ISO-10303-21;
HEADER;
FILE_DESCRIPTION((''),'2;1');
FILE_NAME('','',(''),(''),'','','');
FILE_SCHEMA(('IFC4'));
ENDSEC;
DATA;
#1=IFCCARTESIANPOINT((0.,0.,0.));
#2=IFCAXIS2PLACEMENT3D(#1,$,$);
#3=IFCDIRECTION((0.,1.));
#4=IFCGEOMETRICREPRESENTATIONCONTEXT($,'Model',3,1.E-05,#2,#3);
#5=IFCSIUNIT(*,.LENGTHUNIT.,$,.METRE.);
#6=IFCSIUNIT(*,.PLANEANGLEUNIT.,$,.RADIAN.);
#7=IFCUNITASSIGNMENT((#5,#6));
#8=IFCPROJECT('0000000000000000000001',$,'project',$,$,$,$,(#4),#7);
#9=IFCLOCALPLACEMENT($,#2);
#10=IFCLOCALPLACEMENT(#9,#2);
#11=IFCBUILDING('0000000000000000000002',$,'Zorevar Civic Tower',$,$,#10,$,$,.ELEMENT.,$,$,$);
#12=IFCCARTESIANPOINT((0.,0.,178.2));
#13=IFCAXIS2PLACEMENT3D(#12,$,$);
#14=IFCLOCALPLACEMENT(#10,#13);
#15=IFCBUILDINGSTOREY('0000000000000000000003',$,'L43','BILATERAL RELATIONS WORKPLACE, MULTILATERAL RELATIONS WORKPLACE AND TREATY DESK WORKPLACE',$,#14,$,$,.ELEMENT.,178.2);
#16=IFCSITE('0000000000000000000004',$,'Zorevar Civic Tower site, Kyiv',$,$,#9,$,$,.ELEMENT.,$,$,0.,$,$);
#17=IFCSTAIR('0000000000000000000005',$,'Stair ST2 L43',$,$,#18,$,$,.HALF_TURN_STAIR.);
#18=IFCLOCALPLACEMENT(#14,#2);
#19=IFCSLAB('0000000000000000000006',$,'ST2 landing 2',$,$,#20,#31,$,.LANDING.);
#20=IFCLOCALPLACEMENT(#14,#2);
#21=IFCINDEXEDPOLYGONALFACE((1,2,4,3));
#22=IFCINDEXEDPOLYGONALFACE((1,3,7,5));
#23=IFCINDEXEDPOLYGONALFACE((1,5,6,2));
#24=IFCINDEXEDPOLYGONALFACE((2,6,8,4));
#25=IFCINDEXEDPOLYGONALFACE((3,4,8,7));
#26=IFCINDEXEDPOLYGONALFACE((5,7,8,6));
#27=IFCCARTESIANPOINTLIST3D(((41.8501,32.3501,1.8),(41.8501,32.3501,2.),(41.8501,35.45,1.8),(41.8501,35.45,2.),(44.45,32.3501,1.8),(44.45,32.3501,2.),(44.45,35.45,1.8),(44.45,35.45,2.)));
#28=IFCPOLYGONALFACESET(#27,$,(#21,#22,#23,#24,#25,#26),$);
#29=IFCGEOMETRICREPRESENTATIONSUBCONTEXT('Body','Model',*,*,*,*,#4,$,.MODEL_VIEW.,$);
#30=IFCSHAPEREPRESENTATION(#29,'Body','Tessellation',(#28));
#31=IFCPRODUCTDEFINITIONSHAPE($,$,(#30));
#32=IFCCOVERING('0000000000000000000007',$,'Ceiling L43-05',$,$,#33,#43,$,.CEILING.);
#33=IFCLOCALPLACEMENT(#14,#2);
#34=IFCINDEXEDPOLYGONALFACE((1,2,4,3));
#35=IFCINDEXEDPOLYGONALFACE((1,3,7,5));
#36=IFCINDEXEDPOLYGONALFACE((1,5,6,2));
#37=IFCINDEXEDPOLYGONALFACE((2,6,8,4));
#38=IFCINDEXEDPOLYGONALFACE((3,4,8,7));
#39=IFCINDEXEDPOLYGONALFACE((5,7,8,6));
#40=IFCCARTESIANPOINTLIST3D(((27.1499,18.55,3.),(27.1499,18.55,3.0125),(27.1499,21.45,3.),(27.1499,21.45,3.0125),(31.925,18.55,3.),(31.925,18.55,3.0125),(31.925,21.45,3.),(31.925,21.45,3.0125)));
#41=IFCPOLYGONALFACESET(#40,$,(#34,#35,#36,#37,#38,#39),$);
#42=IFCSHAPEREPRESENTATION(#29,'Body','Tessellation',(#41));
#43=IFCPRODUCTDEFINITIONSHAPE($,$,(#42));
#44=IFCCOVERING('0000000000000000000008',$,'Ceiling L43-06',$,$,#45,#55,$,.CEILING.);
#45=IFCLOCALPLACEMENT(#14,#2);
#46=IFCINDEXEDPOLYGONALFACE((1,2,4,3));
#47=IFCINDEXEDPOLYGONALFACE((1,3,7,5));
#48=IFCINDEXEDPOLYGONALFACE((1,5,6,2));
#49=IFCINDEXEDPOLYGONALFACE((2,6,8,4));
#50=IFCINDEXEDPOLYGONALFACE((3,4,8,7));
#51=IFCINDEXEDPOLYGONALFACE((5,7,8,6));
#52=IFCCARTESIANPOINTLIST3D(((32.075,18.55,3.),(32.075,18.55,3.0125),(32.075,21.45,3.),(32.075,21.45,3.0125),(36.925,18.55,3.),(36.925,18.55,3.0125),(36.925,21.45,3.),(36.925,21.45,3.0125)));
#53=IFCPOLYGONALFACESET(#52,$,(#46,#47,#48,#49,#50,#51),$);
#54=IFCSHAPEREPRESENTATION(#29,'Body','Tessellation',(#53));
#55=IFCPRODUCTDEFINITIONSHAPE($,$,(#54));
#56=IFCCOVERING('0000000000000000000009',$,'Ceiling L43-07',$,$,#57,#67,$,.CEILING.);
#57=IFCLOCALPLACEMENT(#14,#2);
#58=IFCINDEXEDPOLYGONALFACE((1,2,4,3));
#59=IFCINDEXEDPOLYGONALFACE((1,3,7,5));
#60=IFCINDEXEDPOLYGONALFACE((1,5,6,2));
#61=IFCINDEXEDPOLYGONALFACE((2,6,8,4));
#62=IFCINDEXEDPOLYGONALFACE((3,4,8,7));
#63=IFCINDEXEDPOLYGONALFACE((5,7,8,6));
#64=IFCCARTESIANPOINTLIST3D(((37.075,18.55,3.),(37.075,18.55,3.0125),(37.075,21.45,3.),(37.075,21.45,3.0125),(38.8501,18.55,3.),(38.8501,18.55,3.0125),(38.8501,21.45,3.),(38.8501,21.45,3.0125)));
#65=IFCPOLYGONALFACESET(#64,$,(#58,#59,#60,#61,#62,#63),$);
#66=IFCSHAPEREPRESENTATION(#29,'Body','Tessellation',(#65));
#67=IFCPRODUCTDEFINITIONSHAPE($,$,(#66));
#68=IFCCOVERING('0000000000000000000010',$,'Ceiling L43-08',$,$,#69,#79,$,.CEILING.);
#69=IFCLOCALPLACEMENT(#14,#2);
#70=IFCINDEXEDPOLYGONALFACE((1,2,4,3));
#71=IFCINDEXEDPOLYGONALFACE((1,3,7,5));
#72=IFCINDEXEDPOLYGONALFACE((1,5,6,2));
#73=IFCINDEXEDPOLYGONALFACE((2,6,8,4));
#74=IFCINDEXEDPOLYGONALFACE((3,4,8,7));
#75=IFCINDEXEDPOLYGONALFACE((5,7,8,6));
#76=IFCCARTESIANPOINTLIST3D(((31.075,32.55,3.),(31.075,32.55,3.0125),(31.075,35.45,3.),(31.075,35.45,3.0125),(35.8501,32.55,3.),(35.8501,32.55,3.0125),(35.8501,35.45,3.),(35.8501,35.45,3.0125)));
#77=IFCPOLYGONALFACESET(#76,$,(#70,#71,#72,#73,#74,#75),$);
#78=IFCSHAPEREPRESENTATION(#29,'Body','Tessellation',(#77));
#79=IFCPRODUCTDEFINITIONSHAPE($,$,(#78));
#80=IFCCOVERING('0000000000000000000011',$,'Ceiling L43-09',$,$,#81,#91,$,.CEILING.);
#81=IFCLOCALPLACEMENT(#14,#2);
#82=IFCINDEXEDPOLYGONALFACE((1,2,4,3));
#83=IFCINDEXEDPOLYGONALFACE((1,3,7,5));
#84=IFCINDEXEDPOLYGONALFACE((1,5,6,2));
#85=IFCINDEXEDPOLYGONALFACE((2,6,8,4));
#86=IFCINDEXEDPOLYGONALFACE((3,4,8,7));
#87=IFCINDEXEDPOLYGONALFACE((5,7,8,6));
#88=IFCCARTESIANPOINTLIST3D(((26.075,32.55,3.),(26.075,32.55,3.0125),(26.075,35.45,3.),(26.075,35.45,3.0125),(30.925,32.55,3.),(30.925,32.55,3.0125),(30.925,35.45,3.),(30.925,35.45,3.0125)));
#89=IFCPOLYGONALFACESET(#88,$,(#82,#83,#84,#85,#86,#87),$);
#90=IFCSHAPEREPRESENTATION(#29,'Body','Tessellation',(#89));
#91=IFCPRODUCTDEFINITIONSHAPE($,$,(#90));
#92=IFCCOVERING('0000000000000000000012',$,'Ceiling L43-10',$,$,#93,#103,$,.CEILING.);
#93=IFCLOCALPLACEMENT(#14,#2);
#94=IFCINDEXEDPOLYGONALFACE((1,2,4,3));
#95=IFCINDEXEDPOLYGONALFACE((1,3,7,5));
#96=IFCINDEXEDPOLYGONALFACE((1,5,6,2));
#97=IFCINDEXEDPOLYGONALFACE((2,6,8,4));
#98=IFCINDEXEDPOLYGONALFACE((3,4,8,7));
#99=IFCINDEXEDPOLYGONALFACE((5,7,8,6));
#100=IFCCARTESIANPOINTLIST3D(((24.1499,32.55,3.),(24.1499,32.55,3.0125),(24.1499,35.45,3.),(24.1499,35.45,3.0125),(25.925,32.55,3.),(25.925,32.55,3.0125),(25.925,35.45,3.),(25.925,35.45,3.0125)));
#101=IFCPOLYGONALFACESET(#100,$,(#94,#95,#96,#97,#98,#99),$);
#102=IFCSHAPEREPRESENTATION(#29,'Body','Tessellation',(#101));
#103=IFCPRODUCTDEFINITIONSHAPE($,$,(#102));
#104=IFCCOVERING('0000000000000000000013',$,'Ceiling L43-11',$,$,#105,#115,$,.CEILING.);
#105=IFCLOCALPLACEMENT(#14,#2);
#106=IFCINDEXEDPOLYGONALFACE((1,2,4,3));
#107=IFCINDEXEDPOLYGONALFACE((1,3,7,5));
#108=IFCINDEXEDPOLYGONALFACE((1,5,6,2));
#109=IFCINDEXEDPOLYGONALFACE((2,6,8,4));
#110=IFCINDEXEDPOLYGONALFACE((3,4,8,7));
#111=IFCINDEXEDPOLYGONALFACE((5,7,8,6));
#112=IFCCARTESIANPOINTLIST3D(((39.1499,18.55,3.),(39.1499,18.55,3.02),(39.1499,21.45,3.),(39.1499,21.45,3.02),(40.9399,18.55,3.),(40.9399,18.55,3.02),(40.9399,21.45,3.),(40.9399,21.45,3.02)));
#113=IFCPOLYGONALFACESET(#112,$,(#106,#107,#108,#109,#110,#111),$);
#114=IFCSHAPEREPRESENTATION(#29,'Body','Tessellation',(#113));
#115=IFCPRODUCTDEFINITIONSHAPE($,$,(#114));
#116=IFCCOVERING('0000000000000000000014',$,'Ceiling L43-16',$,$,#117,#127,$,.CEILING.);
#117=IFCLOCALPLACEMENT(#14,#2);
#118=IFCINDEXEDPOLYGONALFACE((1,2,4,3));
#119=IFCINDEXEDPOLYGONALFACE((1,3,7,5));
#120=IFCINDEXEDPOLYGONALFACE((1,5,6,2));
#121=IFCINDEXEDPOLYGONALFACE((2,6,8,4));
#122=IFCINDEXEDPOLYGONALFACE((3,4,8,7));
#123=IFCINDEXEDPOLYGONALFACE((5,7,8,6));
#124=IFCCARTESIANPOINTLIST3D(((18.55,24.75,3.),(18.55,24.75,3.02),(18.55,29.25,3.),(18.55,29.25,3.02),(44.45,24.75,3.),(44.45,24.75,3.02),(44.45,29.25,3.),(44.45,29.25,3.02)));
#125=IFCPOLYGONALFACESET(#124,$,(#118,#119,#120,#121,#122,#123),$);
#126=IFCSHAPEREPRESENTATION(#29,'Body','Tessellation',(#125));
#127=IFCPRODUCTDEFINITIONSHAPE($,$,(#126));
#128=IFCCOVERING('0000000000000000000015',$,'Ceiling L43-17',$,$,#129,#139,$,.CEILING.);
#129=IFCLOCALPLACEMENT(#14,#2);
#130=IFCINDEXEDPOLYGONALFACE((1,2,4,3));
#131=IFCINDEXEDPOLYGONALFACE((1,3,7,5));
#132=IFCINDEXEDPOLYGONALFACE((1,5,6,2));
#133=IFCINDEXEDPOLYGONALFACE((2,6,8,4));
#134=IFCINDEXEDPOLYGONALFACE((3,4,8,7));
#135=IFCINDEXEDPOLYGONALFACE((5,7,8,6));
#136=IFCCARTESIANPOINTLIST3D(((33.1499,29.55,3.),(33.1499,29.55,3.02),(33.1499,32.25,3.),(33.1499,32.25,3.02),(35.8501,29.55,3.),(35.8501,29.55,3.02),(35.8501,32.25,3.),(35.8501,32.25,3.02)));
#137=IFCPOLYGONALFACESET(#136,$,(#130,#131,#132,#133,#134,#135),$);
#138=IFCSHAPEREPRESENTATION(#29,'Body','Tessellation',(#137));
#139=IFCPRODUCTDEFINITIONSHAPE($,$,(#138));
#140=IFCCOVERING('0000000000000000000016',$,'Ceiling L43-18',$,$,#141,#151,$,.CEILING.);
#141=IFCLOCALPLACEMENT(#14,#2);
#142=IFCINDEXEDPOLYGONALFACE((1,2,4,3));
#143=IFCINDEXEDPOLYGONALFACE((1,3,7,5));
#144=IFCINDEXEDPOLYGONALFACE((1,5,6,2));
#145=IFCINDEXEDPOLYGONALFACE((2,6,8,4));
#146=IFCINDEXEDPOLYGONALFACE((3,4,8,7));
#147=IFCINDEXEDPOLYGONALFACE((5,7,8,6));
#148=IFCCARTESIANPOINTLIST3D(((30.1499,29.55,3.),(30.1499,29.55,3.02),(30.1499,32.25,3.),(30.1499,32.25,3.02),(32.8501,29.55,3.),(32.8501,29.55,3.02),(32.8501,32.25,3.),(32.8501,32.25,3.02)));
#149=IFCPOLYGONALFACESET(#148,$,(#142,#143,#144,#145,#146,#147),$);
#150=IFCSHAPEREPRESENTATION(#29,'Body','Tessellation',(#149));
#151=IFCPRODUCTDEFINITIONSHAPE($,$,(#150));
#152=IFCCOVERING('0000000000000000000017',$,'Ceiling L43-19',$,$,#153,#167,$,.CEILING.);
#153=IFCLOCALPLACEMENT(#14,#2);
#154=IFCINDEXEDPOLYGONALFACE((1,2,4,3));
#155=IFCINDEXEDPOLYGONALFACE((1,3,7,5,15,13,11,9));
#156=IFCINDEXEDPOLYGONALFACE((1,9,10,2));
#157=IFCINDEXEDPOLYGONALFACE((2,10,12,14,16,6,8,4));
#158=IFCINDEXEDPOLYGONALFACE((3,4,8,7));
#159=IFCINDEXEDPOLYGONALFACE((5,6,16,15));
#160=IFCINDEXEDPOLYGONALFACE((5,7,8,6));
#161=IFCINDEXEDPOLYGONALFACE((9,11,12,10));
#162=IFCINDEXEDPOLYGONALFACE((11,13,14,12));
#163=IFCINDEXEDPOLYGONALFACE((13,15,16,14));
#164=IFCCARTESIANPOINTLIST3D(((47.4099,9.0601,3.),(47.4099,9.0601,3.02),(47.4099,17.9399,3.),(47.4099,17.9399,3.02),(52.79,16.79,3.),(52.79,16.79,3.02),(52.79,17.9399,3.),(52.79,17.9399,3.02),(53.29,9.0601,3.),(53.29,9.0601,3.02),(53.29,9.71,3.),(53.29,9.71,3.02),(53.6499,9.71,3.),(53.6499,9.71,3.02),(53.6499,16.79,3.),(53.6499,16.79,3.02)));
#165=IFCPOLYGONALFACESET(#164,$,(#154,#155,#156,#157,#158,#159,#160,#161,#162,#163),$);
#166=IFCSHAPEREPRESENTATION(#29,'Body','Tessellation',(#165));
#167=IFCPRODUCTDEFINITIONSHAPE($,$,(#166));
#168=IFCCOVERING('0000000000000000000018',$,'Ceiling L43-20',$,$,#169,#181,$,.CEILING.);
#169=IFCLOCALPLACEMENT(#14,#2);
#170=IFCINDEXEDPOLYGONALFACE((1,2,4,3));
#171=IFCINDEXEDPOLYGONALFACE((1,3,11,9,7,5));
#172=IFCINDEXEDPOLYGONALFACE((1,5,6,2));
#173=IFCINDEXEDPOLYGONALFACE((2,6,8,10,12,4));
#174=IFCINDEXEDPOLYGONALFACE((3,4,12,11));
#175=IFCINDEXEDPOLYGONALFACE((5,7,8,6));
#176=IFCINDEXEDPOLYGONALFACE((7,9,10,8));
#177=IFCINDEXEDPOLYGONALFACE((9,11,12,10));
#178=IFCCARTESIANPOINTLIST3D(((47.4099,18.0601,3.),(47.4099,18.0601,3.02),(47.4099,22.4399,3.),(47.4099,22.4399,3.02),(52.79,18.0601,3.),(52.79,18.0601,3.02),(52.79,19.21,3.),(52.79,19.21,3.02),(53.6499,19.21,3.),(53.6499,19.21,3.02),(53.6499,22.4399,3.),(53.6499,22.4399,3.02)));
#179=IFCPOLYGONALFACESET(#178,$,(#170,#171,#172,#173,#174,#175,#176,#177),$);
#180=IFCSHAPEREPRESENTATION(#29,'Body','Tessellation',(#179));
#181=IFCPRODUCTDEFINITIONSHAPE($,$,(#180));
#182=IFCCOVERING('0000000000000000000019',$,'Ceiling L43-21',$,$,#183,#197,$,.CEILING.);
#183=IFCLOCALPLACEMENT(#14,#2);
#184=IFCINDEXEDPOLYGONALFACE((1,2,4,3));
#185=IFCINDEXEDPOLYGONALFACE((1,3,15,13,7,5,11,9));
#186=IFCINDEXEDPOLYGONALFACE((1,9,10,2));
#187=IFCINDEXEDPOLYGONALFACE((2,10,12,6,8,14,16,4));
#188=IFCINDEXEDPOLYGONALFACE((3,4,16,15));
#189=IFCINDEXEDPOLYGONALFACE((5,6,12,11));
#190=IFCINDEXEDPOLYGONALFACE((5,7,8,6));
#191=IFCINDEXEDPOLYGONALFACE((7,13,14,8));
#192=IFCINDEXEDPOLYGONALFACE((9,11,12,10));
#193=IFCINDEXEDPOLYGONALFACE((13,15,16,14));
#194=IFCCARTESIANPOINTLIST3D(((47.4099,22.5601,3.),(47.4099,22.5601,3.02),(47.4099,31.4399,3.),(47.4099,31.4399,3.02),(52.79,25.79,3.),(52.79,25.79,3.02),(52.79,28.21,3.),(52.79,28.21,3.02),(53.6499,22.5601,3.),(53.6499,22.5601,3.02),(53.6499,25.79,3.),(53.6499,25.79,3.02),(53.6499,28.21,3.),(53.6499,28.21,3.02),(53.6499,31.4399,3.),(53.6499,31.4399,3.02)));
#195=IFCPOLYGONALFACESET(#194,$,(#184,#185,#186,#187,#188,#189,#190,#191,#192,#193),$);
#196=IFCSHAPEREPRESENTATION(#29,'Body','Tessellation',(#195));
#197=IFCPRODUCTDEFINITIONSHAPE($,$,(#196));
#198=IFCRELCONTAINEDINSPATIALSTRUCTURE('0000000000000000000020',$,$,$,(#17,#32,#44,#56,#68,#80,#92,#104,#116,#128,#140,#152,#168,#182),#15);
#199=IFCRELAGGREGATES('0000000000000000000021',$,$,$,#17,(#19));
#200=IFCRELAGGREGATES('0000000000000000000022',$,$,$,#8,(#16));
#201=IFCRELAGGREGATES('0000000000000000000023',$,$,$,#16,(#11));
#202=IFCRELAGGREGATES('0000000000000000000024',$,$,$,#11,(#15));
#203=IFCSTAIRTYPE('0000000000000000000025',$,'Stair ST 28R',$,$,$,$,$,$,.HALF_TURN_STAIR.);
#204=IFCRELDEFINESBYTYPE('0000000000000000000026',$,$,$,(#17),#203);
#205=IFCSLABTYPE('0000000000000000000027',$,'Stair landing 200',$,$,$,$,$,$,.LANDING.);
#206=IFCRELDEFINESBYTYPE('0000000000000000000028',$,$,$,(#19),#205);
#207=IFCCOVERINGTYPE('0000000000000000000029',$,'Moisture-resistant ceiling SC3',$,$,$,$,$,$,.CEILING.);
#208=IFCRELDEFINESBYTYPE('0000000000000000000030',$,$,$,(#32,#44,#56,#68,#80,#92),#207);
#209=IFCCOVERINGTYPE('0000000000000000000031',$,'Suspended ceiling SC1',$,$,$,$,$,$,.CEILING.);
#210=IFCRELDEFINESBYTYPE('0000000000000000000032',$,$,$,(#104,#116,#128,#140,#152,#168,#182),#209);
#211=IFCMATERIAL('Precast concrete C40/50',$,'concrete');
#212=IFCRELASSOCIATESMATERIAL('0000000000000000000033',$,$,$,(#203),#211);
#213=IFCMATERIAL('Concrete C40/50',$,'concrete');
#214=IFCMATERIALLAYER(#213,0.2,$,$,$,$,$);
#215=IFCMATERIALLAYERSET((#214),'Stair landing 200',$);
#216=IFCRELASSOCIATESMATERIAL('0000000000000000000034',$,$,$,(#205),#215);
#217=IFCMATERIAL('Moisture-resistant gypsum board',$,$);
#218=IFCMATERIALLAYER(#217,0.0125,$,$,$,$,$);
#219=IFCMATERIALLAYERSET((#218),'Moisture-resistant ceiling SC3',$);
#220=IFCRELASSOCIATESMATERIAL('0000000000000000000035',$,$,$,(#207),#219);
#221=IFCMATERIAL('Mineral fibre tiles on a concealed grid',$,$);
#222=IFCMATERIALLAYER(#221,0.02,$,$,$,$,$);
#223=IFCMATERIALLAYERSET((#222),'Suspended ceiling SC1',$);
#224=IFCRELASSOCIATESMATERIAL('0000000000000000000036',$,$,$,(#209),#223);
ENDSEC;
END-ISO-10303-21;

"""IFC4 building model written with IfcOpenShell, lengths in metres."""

from ifc_helpers import new_model, si_unit, direction, frame, origin, place, context, subcontext, project, spatial, polyline, outline, extrude, material, layer, layer_set, type_object, element, aggregate, save


model = new_model("IFC4")

# Units and contexts
model_context = context("Model", 3, precision=1e-05, world=origin(), true_north=direction((0.0, 1.0)))
body_context = subcontext(model_context, "Body", "Model", "MODEL_VIEW")
ifc_project = project(units=[si_unit("LENGTHUNIT", "METRE"), si_unit("PLANEANGLEUNIT", "RADIAN")], contexts=[model_context])

# Site, building, storey
site_placement = place(None, origin())
site = spatial("IfcSite", under=ifc_project, at=site_placement, Name="Zorevar Civic Tower site, Kyiv", CompositionType="ELEMENT", RefElevation=0.0)
building_placement = place(site_placement, origin())
building = spatial("IfcBuilding", under=site, at=building_placement, Name="Zorevar Civic Tower", CompositionType="ELEMENT")
storey_placement = place(building_placement, frame((0.0, 0.0, 178.2)))
storey = spatial("IfcBuildingStorey", under=building, at=storey_placement, Name="L43", Description="BILATERAL RELATIONS WORKPLACE, MULTILATERAL RELATIONS WORKPLACE AND TREATY DESK WORKPLACE", CompositionType="ELEMENT", Elevation=178.2)

# Stair, slab
ifc_material_1 = material(Name="Precast concrete C40/50", Category="concrete")
stair_type = type_object("IfcStairType", Name="Stair ST 28R", PredefinedType="HALF_TURN_STAIR", material=ifc_material_1)
ifc_material_2 = material(Name="Concrete C40/50", Category="concrete")
ifc_layer_1 = layer(ifc_material_2, 0.2)
ifc_layer_set_1 = layer_set([ifc_layer_1], Name="Stair landing 200")
slab_type_1 = type_object("IfcSlabType", Name="Stair landing 200", PredefinedType="LANDING", material=ifc_layer_set_1)
stair_1_placement = place(storey_placement, origin())
stair_1 = element("IfcStair", 1, at=stair_1_placement, inside=storey, type_object=stair_type, Name="Stair ST2 L43", PredefinedType="HALF_TURN_STAIR")
slab_1_placement = place(storey_placement, frame((0.0, 0.0, 1.8)))
slab_1 = element("IfcSlab", 2, at=slab_1_placement, type_object=slab_type_1, Name="ST2 landing 2", PredefinedType="LANDING", context=body_context, shape_type="SweptSolid", body=[
    extrude(outline(polyline([(44.45, 32.3501), (41.8501, 32.3501), (41.8501, 35.45), (44.45, 35.45), (44.45, 32.3501)])), origin(), (0.0, 0.0, 1.0), 0.2),
])
aggregate(stair_1, [slab_1])

# Coverings
ifc_material_3 = material(Name="Moisture-resistant gypsum board")
ifc_layer_2 = layer(ifc_material_3, 0.0125)
ifc_layer_set_2 = layer_set([ifc_layer_2], Name="Moisture-resistant ceiling SC3")
covering_type_1 = type_object("IfcCoveringType", Name="Moisture-resistant ceiling SC3", PredefinedType="CEILING", material=ifc_layer_set_2)
covering_1_placement = place(storey_placement, frame((0.0, 0.0, 3.0)))
element("IfcCovering", 3, at=covering_1_placement, inside=storey, type_object=covering_type_1, Name="Ceiling L43-05", PredefinedType="CEILING", context=body_context, shape_type="SweptSolid", body=[
    extrude(outline(polyline([(31.925, 18.55), (31.925, 21.45), (27.1499, 21.45), (27.1499, 18.55), (31.925, 18.55)])), origin(), (0.0, 0.0, 1.0), 0.0125),
])
covering_2_placement = place(storey_placement, frame((0.0, 0.0, 3.0)))
element("IfcCovering", 4, at=covering_2_placement, inside=storey, type_object=covering_type_1, Name="Ceiling L43-06", PredefinedType="CEILING", context=body_context, shape_type="SweptSolid", body=[
    extrude(outline(polyline([(36.925, 18.55), (36.925, 21.45), (32.075, 21.45), (32.075, 18.55), (36.925, 18.55)])), origin(), (0.0, 0.0, 1.0), 0.0125),
])
covering_3_placement = place(storey_placement, frame((0.0, 0.0, 3.0)))
element("IfcCovering", 5, at=covering_3_placement, inside=storey, type_object=covering_type_1, Name="Ceiling L43-07", PredefinedType="CEILING", context=body_context, shape_type="SweptSolid", body=[
    extrude(outline(polyline([(38.8501, 18.55), (38.8501, 21.45), (37.075, 21.45), (37.075, 18.55), (38.8501, 18.55)])), origin(), (0.0, 0.0, 1.0), 0.0125),
])
covering_4_placement = place(storey_placement, frame((0.0, 0.0, 3.0)))
element("IfcCovering", 6, at=covering_4_placement, inside=storey, type_object=covering_type_1, Name="Ceiling L43-08", PredefinedType="CEILING", context=body_context, shape_type="SweptSolid", body=[
    extrude(outline(polyline([(35.8501, 32.55), (35.8501, 35.45), (31.075, 35.45), (31.075, 32.55), (35.8501, 32.55)])), origin(), (0.0, 0.0, 1.0), 0.0125),
])
covering_5_placement = place(storey_placement, frame((0.0, 0.0, 3.0)))
element("IfcCovering", 7, at=covering_5_placement, inside=storey, type_object=covering_type_1, Name="Ceiling L43-09", PredefinedType="CEILING", context=body_context, shape_type="SweptSolid", body=[
    extrude(outline(polyline([(30.925, 32.55), (30.925, 35.45), (26.075, 35.45), (26.075, 32.55), (30.925, 32.55)])), origin(), (0.0, 0.0, 1.0), 0.0125),
])
covering_6_placement = place(storey_placement, frame((0.0, 0.0, 3.0)))
element("IfcCovering", 8, at=covering_6_placement, inside=storey, type_object=covering_type_1, Name="Ceiling L43-10", PredefinedType="CEILING", context=body_context, shape_type="SweptSolid", body=[
    extrude(outline(polyline([(25.925, 32.55), (25.925, 35.45), (24.1499, 35.45), (24.1499, 32.55), (25.925, 32.55)])), origin(), (0.0, 0.0, 1.0), 0.0125),
])
ifc_material_4 = material(Name="Mineral fibre tiles on a concealed grid")
ifc_layer_3 = layer(ifc_material_4, 0.02)
ifc_layer_set_3 = layer_set([ifc_layer_3], Name="Suspended ceiling SC1")
covering_type_2 = type_object("IfcCoveringType", Name="Suspended ceiling SC1", PredefinedType="CEILING", material=ifc_layer_set_3)
covering_7_placement = place(storey_placement, frame((0.0, 0.0, 3.0)))
element("IfcCovering", 9, at=covering_7_placement, inside=storey, type_object=covering_type_2, Name="Ceiling L43-11", PredefinedType="CEILING", context=body_context, shape_type="SweptSolid", body=[
    extrude(outline(polyline([(40.9399, 18.55), (40.9399, 21.45), (39.1499, 21.45), (39.1499, 18.55), (40.9399, 18.55)])), origin(), (0.0, 0.0, 1.0), 0.02),
])
covering_8_placement = place(storey_placement, frame((0.0, 0.0, 3.0)))
element("IfcCovering", 10, at=covering_8_placement, inside=storey, type_object=covering_type_2, Name="Ceiling L43-16", PredefinedType="CEILING", context=body_context, shape_type="SweptSolid", body=[
    extrude(outline(polyline([(44.45, 24.75), (44.45, 29.25), (18.55, 29.25), (18.55, 24.75), (44.45, 24.75)])), origin(), (0.0, 0.0, 1.0), 0.02),
])
covering_9_placement = place(storey_placement, frame((0.0, 0.0, 3.0)))
element("IfcCovering", 11, at=covering_9_placement, inside=storey, type_object=covering_type_2, Name="Ceiling L43-17", PredefinedType="CEILING", context=body_context, shape_type="SweptSolid", body=[
    extrude(outline(polyline([(35.8501, 29.55), (35.8501, 32.25), (33.1499, 32.25), (33.1499, 29.55), (35.8501, 29.55)])), origin(), (0.0, 0.0, 1.0), 0.02),
])
covering_10_placement = place(storey_placement, frame((0.0, 0.0, 3.0)))
element("IfcCovering", 12, at=covering_10_placement, inside=storey, type_object=covering_type_2, Name="Ceiling L43-18", PredefinedType="CEILING", context=body_context, shape_type="SweptSolid", body=[
    extrude(outline(polyline([(32.8501, 29.55), (32.8501, 32.25), (30.1499, 32.25), (30.1499, 29.55), (32.8501, 29.55)])), origin(), (0.0, 0.0, 1.0), 0.02),
])
covering_11_placement = place(storey_placement, frame((0.0, 0.0, 3.0)))
element("IfcCovering", 13, at=covering_11_placement, inside=storey, type_object=covering_type_2, Name="Ceiling L43-19", PredefinedType="CEILING", context=body_context, shape_type="SweptSolid", body=[
    extrude(outline(polyline([(53.6499, 9.71), (53.29, 9.71), (53.29, 9.0601), (47.4099, 9.0601), (47.4099, 17.9399), (52.79, 17.9399), (52.79, 16.79), (53.6499, 16.79), (53.6499, 9.71)])), origin(), (0.0, 0.0, 1.0), 0.02),
])
covering_12_placement = place(storey_placement, frame((0.0, 0.0, 3.0)))
element("IfcCovering", 14, at=covering_12_placement, inside=storey, type_object=covering_type_2, Name="Ceiling L43-20", PredefinedType="CEILING", context=body_context, shape_type="SweptSolid", body=[
    extrude(outline(polyline([(47.4099, 22.4399), (53.6499, 22.4399), (53.6499, 19.21), (52.79, 19.21), (52.79, 18.0601), (47.4099, 18.0601), (47.4099, 22.4399)])), origin(), (0.0, 0.0, 1.0), 0.02),
])
covering_13_placement = place(storey_placement, frame((0.0, 0.0, 3.0)))
element("IfcCovering", 15, at=covering_13_placement, inside=storey, type_object=covering_type_2, Name="Ceiling L43-21", PredefinedType="CEILING", context=body_context, shape_type="SweptSolid", body=[
    extrude(outline(polyline([(47.4099, 31.4399), (53.6499, 31.4399), (53.6499, 28.21), (52.79, 28.21), (52.79, 25.79), (53.6499, 25.79), (53.6499, 22.5601), (47.4099, 22.5601), (47.4099, 31.4399)])), origin(), (0.0, 0.0, 1.0), 0.02),
])

save(model, "model.ifc")
